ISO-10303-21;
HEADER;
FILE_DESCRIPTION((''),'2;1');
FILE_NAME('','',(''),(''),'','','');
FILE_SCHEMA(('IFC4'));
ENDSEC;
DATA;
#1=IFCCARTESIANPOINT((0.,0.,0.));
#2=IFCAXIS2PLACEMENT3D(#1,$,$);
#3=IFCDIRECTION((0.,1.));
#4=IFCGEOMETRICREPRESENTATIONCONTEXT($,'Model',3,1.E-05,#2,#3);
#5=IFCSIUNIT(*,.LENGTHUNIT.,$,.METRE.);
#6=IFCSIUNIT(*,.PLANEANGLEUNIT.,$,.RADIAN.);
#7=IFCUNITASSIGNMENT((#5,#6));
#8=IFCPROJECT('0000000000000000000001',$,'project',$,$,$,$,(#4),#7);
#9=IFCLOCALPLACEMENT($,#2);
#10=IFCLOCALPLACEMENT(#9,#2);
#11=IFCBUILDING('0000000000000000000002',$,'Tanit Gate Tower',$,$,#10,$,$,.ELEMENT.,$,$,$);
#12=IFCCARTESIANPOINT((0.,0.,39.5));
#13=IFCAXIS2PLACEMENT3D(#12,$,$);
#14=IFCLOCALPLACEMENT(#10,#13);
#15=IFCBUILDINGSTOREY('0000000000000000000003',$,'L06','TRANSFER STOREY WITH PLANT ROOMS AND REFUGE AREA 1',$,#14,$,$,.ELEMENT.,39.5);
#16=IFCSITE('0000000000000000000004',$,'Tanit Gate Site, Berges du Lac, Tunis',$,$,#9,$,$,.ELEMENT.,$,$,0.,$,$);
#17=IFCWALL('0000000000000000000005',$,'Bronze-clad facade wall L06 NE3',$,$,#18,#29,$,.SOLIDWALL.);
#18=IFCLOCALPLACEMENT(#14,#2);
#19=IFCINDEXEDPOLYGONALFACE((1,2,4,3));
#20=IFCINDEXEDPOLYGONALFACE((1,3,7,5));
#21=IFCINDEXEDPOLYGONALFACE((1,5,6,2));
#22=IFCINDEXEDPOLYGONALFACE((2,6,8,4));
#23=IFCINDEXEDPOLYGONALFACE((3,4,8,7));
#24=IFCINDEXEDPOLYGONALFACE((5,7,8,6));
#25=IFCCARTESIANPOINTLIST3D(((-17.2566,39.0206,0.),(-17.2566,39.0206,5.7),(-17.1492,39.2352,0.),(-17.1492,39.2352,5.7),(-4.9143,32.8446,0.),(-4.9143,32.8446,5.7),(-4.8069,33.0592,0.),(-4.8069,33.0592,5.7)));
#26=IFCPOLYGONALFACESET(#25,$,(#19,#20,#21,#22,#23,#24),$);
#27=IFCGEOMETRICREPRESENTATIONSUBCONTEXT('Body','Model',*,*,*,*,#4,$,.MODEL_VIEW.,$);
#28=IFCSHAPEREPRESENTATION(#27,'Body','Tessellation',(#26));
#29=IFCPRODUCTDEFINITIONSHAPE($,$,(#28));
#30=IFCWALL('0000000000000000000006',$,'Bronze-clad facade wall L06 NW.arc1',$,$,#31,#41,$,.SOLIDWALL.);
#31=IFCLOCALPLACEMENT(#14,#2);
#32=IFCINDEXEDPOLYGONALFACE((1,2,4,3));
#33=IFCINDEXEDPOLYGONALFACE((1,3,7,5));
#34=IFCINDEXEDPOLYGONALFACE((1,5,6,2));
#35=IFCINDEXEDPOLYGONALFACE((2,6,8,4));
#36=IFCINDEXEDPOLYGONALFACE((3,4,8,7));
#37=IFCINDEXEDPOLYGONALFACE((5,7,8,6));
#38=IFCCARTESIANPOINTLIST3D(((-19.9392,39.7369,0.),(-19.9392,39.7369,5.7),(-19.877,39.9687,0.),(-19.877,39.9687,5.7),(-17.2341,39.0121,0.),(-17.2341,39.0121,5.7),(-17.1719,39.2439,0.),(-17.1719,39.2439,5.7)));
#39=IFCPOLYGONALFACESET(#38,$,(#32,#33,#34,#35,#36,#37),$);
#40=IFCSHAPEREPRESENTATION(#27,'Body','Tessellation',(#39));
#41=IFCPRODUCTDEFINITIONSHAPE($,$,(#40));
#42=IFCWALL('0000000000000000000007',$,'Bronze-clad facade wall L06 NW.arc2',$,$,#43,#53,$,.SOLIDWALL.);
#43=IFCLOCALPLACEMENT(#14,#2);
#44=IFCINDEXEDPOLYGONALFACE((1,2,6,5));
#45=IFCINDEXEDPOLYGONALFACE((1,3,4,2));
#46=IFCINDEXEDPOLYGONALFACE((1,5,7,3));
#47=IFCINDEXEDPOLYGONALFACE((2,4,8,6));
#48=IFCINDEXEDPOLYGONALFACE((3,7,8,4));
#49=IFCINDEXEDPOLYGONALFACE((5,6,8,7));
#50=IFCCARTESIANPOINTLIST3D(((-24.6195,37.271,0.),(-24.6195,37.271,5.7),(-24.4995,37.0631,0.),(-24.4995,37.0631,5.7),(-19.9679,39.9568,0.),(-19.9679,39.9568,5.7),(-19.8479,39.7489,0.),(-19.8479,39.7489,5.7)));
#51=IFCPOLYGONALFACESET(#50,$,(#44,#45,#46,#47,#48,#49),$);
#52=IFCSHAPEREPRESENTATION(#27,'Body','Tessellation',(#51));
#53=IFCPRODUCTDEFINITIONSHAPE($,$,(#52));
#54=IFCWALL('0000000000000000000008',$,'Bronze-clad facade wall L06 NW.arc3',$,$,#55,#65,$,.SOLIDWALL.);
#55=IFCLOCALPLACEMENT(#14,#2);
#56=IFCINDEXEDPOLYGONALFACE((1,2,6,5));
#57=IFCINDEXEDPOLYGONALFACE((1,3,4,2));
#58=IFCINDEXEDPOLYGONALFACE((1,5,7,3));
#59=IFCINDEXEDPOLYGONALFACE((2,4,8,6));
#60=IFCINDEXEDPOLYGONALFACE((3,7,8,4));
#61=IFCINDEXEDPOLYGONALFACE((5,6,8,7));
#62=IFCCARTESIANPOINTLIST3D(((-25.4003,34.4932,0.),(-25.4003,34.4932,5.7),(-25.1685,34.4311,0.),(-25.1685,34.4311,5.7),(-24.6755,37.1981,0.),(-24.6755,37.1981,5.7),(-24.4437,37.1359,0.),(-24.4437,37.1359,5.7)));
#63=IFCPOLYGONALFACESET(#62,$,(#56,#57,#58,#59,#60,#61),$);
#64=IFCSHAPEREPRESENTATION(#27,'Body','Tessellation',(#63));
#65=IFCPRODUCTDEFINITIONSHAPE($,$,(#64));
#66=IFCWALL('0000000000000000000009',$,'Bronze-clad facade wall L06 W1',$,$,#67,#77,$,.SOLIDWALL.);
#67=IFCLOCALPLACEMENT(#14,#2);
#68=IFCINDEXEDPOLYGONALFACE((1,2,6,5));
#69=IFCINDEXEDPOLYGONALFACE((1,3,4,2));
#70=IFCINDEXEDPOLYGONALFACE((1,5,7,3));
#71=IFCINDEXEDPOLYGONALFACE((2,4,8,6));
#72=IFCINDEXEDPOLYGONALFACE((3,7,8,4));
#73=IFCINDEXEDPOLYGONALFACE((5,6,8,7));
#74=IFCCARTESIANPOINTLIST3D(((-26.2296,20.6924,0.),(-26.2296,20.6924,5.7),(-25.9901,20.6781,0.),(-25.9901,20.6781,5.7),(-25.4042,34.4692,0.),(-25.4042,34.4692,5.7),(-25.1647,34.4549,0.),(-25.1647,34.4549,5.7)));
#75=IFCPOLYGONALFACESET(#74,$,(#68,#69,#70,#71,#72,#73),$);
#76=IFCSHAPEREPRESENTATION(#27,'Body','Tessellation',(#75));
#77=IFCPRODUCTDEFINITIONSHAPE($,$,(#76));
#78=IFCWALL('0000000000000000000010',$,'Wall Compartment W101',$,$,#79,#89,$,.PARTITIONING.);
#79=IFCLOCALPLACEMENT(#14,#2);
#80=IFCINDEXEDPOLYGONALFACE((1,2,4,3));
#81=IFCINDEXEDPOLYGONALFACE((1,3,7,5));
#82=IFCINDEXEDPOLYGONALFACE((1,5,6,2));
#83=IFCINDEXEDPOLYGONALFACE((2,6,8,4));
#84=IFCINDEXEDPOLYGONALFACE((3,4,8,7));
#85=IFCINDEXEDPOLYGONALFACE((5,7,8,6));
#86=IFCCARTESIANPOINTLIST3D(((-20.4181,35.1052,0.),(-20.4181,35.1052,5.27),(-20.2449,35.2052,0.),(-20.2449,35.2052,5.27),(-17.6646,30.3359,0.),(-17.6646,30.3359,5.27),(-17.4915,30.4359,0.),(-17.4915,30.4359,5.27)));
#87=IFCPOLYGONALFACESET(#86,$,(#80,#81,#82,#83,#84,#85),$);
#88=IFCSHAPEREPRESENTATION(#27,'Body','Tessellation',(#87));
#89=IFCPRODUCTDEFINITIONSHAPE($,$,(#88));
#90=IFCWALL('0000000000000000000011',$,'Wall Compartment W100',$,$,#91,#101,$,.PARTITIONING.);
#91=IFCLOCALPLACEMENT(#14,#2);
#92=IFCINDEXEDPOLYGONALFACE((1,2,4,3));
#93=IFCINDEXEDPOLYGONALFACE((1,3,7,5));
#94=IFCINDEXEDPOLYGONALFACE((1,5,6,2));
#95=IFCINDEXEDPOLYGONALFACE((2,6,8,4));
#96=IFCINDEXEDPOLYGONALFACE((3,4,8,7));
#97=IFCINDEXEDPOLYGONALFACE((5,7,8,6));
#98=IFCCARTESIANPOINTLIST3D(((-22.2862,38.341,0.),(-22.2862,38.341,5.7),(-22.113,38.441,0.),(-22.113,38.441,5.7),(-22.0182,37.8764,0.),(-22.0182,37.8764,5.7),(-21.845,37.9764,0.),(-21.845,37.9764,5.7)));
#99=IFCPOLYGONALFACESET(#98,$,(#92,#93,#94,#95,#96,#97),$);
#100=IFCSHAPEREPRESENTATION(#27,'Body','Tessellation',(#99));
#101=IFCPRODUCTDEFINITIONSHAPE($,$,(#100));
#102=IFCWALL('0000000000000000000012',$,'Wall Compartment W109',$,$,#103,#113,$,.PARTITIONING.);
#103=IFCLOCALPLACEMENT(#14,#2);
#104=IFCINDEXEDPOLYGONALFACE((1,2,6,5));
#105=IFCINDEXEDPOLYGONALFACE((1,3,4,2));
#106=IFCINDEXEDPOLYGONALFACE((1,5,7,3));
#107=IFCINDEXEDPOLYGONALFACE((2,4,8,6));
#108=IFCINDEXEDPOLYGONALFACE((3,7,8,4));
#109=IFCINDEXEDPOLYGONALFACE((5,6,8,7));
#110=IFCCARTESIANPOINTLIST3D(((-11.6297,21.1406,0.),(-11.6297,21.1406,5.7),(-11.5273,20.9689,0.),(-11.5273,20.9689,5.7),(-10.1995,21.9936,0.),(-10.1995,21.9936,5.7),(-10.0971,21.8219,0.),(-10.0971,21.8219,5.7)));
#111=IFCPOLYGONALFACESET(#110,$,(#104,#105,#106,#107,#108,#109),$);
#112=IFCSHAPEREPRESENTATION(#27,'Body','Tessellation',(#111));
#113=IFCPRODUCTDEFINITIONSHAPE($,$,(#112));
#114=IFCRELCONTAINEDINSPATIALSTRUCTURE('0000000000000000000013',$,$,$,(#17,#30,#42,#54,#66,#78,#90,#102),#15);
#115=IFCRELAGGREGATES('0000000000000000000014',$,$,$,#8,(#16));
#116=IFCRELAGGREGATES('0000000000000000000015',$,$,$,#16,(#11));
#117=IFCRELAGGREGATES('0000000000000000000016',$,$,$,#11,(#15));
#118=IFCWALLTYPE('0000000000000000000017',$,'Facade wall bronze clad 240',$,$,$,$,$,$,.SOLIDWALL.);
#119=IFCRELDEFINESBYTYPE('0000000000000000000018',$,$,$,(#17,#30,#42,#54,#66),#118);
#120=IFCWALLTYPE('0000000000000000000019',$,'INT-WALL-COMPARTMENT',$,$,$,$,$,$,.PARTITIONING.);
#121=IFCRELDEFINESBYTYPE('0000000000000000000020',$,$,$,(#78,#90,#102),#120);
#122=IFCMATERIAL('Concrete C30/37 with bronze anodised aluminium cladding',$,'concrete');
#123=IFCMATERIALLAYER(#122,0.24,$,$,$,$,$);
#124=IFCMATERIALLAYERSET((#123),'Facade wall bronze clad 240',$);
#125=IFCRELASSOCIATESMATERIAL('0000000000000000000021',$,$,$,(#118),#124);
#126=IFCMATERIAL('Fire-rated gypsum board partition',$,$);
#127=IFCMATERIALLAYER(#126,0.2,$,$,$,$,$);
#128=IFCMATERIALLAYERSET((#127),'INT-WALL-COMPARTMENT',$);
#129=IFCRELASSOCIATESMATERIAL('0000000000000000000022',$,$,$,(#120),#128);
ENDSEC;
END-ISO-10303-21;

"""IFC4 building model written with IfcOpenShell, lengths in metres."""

from ifc_helpers import new_model, si_unit, direction, frame, frame_2d, origin, place, context, subcontext, project, spatial, rectangle, extrude, material, layer, layer_set, type_object, element, save


model = new_model("IFC4")

# Units and contexts
model_context = context("Model", 3, precision=1e-05, world=origin(), true_north=direction((0.0, 1.0)))
body_context = subcontext(model_context, "Body", "Model", "MODEL_VIEW")
ifc_project = project(units=[si_unit("LENGTHUNIT", "METRE"), si_unit("PLANEANGLEUNIT", "RADIAN")], contexts=[model_context])

# Site, building, storey
site_placement = place(None, origin())
site = spatial("IfcSite", under=ifc_project, at=site_placement, Name="Tanit Gate Site, Berges du Lac, Tunis", CompositionType="ELEMENT", RefElevation=0.0)
building_placement = place(site_placement, origin())
building = spatial("IfcBuilding", under=site, at=building_placement, Name="Tanit Gate Tower", CompositionType="ELEMENT")
storey_placement = place(building_placement, frame((0.0, 0.0, 39.5)))
storey = spatial("IfcBuildingStorey", under=building, at=storey_placement, Name="L06", Description="TRANSFER STOREY WITH PLANT ROOMS AND REFUGE AREA 1", CompositionType="ELEMENT", Elevation=39.5)

# Walls
ifc_material_1 = material(Name="Concrete C30/37 with bronze anodised aluminium cladding", Category="concrete")
ifc_layer_1 = layer(ifc_material_1, 0.24)
ifc_layer_set_1 = layer_set([ifc_layer_1], Name="Facade wall bronze clad 240")
wall_type_1 = type_object("IfcWallType", Name="Facade wall bronze clad 240", PredefinedType="SOLIDWALL", material=ifc_layer_set_1)
wall_1_placement = place(storey_placement, frame((-4.8606, 32.9519, 0.0), z_axis=(0.0, 0.0, 1.0), x_axis=(-0.894286, 0.447497, 0.0)))
element("IfcWall", 1, at=wall_1_placement, inside=storey, type_object=wall_type_1, Name="Bronze-clad facade wall L06 NE3", PredefinedType="SOLIDWALL", context=body_context, shape_type="SweptSolid", body=[
    extrude(rectangle(XDim=13.8013, YDim=0.24, at=frame_2d((6.9006, 0.0))), origin(), (0.0, 0.0, 1.0), 5.7),
])
wall_2_placement = place(storey_placement, frame((-17.2029, 39.1279, 0.0), z_axis=(0.0, 0.0, 1.0), x_axis=(-0.965923, 0.258829, 0.0)))
element("IfcWall", 2, at=wall_2_placement, inside=storey, type_object=wall_type_1, Name="Bronze-clad facade wall L06 NW.arc1", PredefinedType="SOLIDWALL", context=body_context, shape_type="SweptSolid", body=[
    extrude(rectangle(XDim=2.8005, YDim=0.24, at=frame_2d((1.4004, 0.0))), origin(), (0.0, 0.0, 1.0), 5.7),
])
wall_3_placement = place(storey_placement, frame((-19.908, 39.8528, 0.0), z_axis=(0.0, 0.0, 1.0), x_axis=(-0.866011, -0.500025, 0.0)))
element("IfcWall", 3, at=wall_3_placement, inside=storey, type_object=wall_type_1, Name="Bronze-clad facade wall L06 NW.arc2", PredefinedType="SOLIDWALL", context=body_context, shape_type="SweptSolid", body=[
    extrude(rectangle(XDim=5.3713, YDim=0.24, at=frame_2d((2.6855, 0.0))), origin(), (0.0, 0.0, 1.0), 5.7),
])
wall_4_placement = place(storey_placement, frame((-24.5596, 37.167, 0.0), z_axis=(0.0, 0.0, 1.0), x_axis=(-0.258851, -0.965917, 0.0)))
element("IfcWall", 4, at=wall_4_placement, inside=storey, type_object=wall_type_1, Name="Bronze-clad facade wall L06 NW.arc3", PredefinedType="SOLIDWALL", context=body_context, shape_type="SweptSolid", body=[
    extrude(rectangle(XDim=2.8003, YDim=0.24, at=frame_2d((1.4001, 0.0))), origin(), (0.0, 0.0, 1.0), 5.7),
])
wall_5_placement = place(storey_placement, frame((-25.2844, 34.4622, 0.0), z_axis=(0.0, 0.0, 1.0), x_axis=(-0.059808, -0.99821, 0.0)))
element("IfcWall", 5, at=wall_5_placement, inside=storey, type_object=wall_type_1, Name="Bronze-clad facade wall L06 W1", PredefinedType="SOLIDWALL", context=body_context, shape_type="SweptSolid", body=[
    extrude(rectangle(XDim=13.8015, YDim=0.24, at=frame_2d((6.9009, 0.0))), origin(), (0.0, 0.0, 1.0), 5.7),
])
ifc_material_2 = material(Name="Fire-rated gypsum board partition")
ifc_layer_2 = layer(ifc_material_2, 0.2)
ifc_layer_set_2 = layer_set([ifc_layer_2], Name="INT-WALL-COMPARTMENT")
wall_type_2 = type_object("IfcWallType", Name="INT-WALL-COMPARTMENT", PredefinedType="PARTITIONING", material=ifc_layer_set_2)
wall_6_placement = place(storey_placement, frame((-17.5781, 30.386, 0.0), z_axis=(0.0, 0.0, 1.0), x_axis=(-0.499982, 0.866036, 0.0)))
element("IfcWall", 6, at=wall_6_placement, inside=storey, type_object=wall_type_2, Name="Wall Compartment W101", PredefinedType="PARTITIONING", context=body_context, shape_type="SweptSolid", body=[
    extrude(rectangle(XDim=5.5071, YDim=0.2, at=frame_2d((2.7534, 0.0))), origin(), (0.0, 0.0, 1.0), 5.27),
])
wall_7_placement = place(storey_placement, frame((-21.9316, 37.9265, 0.0), z_axis=(0.0, 0.0, 1.0), x_axis=(-0.499762, 0.866163, 0.0)))
element("IfcWall", 7, at=wall_7_placement, inside=storey, type_object=wall_type_2, Name="Wall Compartment W100", PredefinedType="PARTITIONING", context=body_context, shape_type="SweptSolid", body=[
    extrude(rectangle(XDim=0.5364, YDim=0.2, at=frame_2d((0.2681, 0.0))), origin(), (0.0, 0.0, 1.0), 5.7),
])
wall_8_placement = place(storey_placement, frame((-10.1484, 21.9077, 0.0), z_axis=(0.0, 0.0, 1.0), x_axis=(-0.858835, -0.512252, 0.0)))
element("IfcWall", 8, at=wall_8_placement, inside=storey, type_object=wall_type_2, Name="Wall Compartment W109", PredefinedType="PARTITIONING", context=body_context, shape_type="SweptSolid", body=[
    extrude(rectangle(XDim=1.6653, YDim=0.2, at=frame_2d((0.8325, 0.0))), origin(), (0.0, 0.0, 1.0), 5.7),
])

save(model, "model.ifc")
